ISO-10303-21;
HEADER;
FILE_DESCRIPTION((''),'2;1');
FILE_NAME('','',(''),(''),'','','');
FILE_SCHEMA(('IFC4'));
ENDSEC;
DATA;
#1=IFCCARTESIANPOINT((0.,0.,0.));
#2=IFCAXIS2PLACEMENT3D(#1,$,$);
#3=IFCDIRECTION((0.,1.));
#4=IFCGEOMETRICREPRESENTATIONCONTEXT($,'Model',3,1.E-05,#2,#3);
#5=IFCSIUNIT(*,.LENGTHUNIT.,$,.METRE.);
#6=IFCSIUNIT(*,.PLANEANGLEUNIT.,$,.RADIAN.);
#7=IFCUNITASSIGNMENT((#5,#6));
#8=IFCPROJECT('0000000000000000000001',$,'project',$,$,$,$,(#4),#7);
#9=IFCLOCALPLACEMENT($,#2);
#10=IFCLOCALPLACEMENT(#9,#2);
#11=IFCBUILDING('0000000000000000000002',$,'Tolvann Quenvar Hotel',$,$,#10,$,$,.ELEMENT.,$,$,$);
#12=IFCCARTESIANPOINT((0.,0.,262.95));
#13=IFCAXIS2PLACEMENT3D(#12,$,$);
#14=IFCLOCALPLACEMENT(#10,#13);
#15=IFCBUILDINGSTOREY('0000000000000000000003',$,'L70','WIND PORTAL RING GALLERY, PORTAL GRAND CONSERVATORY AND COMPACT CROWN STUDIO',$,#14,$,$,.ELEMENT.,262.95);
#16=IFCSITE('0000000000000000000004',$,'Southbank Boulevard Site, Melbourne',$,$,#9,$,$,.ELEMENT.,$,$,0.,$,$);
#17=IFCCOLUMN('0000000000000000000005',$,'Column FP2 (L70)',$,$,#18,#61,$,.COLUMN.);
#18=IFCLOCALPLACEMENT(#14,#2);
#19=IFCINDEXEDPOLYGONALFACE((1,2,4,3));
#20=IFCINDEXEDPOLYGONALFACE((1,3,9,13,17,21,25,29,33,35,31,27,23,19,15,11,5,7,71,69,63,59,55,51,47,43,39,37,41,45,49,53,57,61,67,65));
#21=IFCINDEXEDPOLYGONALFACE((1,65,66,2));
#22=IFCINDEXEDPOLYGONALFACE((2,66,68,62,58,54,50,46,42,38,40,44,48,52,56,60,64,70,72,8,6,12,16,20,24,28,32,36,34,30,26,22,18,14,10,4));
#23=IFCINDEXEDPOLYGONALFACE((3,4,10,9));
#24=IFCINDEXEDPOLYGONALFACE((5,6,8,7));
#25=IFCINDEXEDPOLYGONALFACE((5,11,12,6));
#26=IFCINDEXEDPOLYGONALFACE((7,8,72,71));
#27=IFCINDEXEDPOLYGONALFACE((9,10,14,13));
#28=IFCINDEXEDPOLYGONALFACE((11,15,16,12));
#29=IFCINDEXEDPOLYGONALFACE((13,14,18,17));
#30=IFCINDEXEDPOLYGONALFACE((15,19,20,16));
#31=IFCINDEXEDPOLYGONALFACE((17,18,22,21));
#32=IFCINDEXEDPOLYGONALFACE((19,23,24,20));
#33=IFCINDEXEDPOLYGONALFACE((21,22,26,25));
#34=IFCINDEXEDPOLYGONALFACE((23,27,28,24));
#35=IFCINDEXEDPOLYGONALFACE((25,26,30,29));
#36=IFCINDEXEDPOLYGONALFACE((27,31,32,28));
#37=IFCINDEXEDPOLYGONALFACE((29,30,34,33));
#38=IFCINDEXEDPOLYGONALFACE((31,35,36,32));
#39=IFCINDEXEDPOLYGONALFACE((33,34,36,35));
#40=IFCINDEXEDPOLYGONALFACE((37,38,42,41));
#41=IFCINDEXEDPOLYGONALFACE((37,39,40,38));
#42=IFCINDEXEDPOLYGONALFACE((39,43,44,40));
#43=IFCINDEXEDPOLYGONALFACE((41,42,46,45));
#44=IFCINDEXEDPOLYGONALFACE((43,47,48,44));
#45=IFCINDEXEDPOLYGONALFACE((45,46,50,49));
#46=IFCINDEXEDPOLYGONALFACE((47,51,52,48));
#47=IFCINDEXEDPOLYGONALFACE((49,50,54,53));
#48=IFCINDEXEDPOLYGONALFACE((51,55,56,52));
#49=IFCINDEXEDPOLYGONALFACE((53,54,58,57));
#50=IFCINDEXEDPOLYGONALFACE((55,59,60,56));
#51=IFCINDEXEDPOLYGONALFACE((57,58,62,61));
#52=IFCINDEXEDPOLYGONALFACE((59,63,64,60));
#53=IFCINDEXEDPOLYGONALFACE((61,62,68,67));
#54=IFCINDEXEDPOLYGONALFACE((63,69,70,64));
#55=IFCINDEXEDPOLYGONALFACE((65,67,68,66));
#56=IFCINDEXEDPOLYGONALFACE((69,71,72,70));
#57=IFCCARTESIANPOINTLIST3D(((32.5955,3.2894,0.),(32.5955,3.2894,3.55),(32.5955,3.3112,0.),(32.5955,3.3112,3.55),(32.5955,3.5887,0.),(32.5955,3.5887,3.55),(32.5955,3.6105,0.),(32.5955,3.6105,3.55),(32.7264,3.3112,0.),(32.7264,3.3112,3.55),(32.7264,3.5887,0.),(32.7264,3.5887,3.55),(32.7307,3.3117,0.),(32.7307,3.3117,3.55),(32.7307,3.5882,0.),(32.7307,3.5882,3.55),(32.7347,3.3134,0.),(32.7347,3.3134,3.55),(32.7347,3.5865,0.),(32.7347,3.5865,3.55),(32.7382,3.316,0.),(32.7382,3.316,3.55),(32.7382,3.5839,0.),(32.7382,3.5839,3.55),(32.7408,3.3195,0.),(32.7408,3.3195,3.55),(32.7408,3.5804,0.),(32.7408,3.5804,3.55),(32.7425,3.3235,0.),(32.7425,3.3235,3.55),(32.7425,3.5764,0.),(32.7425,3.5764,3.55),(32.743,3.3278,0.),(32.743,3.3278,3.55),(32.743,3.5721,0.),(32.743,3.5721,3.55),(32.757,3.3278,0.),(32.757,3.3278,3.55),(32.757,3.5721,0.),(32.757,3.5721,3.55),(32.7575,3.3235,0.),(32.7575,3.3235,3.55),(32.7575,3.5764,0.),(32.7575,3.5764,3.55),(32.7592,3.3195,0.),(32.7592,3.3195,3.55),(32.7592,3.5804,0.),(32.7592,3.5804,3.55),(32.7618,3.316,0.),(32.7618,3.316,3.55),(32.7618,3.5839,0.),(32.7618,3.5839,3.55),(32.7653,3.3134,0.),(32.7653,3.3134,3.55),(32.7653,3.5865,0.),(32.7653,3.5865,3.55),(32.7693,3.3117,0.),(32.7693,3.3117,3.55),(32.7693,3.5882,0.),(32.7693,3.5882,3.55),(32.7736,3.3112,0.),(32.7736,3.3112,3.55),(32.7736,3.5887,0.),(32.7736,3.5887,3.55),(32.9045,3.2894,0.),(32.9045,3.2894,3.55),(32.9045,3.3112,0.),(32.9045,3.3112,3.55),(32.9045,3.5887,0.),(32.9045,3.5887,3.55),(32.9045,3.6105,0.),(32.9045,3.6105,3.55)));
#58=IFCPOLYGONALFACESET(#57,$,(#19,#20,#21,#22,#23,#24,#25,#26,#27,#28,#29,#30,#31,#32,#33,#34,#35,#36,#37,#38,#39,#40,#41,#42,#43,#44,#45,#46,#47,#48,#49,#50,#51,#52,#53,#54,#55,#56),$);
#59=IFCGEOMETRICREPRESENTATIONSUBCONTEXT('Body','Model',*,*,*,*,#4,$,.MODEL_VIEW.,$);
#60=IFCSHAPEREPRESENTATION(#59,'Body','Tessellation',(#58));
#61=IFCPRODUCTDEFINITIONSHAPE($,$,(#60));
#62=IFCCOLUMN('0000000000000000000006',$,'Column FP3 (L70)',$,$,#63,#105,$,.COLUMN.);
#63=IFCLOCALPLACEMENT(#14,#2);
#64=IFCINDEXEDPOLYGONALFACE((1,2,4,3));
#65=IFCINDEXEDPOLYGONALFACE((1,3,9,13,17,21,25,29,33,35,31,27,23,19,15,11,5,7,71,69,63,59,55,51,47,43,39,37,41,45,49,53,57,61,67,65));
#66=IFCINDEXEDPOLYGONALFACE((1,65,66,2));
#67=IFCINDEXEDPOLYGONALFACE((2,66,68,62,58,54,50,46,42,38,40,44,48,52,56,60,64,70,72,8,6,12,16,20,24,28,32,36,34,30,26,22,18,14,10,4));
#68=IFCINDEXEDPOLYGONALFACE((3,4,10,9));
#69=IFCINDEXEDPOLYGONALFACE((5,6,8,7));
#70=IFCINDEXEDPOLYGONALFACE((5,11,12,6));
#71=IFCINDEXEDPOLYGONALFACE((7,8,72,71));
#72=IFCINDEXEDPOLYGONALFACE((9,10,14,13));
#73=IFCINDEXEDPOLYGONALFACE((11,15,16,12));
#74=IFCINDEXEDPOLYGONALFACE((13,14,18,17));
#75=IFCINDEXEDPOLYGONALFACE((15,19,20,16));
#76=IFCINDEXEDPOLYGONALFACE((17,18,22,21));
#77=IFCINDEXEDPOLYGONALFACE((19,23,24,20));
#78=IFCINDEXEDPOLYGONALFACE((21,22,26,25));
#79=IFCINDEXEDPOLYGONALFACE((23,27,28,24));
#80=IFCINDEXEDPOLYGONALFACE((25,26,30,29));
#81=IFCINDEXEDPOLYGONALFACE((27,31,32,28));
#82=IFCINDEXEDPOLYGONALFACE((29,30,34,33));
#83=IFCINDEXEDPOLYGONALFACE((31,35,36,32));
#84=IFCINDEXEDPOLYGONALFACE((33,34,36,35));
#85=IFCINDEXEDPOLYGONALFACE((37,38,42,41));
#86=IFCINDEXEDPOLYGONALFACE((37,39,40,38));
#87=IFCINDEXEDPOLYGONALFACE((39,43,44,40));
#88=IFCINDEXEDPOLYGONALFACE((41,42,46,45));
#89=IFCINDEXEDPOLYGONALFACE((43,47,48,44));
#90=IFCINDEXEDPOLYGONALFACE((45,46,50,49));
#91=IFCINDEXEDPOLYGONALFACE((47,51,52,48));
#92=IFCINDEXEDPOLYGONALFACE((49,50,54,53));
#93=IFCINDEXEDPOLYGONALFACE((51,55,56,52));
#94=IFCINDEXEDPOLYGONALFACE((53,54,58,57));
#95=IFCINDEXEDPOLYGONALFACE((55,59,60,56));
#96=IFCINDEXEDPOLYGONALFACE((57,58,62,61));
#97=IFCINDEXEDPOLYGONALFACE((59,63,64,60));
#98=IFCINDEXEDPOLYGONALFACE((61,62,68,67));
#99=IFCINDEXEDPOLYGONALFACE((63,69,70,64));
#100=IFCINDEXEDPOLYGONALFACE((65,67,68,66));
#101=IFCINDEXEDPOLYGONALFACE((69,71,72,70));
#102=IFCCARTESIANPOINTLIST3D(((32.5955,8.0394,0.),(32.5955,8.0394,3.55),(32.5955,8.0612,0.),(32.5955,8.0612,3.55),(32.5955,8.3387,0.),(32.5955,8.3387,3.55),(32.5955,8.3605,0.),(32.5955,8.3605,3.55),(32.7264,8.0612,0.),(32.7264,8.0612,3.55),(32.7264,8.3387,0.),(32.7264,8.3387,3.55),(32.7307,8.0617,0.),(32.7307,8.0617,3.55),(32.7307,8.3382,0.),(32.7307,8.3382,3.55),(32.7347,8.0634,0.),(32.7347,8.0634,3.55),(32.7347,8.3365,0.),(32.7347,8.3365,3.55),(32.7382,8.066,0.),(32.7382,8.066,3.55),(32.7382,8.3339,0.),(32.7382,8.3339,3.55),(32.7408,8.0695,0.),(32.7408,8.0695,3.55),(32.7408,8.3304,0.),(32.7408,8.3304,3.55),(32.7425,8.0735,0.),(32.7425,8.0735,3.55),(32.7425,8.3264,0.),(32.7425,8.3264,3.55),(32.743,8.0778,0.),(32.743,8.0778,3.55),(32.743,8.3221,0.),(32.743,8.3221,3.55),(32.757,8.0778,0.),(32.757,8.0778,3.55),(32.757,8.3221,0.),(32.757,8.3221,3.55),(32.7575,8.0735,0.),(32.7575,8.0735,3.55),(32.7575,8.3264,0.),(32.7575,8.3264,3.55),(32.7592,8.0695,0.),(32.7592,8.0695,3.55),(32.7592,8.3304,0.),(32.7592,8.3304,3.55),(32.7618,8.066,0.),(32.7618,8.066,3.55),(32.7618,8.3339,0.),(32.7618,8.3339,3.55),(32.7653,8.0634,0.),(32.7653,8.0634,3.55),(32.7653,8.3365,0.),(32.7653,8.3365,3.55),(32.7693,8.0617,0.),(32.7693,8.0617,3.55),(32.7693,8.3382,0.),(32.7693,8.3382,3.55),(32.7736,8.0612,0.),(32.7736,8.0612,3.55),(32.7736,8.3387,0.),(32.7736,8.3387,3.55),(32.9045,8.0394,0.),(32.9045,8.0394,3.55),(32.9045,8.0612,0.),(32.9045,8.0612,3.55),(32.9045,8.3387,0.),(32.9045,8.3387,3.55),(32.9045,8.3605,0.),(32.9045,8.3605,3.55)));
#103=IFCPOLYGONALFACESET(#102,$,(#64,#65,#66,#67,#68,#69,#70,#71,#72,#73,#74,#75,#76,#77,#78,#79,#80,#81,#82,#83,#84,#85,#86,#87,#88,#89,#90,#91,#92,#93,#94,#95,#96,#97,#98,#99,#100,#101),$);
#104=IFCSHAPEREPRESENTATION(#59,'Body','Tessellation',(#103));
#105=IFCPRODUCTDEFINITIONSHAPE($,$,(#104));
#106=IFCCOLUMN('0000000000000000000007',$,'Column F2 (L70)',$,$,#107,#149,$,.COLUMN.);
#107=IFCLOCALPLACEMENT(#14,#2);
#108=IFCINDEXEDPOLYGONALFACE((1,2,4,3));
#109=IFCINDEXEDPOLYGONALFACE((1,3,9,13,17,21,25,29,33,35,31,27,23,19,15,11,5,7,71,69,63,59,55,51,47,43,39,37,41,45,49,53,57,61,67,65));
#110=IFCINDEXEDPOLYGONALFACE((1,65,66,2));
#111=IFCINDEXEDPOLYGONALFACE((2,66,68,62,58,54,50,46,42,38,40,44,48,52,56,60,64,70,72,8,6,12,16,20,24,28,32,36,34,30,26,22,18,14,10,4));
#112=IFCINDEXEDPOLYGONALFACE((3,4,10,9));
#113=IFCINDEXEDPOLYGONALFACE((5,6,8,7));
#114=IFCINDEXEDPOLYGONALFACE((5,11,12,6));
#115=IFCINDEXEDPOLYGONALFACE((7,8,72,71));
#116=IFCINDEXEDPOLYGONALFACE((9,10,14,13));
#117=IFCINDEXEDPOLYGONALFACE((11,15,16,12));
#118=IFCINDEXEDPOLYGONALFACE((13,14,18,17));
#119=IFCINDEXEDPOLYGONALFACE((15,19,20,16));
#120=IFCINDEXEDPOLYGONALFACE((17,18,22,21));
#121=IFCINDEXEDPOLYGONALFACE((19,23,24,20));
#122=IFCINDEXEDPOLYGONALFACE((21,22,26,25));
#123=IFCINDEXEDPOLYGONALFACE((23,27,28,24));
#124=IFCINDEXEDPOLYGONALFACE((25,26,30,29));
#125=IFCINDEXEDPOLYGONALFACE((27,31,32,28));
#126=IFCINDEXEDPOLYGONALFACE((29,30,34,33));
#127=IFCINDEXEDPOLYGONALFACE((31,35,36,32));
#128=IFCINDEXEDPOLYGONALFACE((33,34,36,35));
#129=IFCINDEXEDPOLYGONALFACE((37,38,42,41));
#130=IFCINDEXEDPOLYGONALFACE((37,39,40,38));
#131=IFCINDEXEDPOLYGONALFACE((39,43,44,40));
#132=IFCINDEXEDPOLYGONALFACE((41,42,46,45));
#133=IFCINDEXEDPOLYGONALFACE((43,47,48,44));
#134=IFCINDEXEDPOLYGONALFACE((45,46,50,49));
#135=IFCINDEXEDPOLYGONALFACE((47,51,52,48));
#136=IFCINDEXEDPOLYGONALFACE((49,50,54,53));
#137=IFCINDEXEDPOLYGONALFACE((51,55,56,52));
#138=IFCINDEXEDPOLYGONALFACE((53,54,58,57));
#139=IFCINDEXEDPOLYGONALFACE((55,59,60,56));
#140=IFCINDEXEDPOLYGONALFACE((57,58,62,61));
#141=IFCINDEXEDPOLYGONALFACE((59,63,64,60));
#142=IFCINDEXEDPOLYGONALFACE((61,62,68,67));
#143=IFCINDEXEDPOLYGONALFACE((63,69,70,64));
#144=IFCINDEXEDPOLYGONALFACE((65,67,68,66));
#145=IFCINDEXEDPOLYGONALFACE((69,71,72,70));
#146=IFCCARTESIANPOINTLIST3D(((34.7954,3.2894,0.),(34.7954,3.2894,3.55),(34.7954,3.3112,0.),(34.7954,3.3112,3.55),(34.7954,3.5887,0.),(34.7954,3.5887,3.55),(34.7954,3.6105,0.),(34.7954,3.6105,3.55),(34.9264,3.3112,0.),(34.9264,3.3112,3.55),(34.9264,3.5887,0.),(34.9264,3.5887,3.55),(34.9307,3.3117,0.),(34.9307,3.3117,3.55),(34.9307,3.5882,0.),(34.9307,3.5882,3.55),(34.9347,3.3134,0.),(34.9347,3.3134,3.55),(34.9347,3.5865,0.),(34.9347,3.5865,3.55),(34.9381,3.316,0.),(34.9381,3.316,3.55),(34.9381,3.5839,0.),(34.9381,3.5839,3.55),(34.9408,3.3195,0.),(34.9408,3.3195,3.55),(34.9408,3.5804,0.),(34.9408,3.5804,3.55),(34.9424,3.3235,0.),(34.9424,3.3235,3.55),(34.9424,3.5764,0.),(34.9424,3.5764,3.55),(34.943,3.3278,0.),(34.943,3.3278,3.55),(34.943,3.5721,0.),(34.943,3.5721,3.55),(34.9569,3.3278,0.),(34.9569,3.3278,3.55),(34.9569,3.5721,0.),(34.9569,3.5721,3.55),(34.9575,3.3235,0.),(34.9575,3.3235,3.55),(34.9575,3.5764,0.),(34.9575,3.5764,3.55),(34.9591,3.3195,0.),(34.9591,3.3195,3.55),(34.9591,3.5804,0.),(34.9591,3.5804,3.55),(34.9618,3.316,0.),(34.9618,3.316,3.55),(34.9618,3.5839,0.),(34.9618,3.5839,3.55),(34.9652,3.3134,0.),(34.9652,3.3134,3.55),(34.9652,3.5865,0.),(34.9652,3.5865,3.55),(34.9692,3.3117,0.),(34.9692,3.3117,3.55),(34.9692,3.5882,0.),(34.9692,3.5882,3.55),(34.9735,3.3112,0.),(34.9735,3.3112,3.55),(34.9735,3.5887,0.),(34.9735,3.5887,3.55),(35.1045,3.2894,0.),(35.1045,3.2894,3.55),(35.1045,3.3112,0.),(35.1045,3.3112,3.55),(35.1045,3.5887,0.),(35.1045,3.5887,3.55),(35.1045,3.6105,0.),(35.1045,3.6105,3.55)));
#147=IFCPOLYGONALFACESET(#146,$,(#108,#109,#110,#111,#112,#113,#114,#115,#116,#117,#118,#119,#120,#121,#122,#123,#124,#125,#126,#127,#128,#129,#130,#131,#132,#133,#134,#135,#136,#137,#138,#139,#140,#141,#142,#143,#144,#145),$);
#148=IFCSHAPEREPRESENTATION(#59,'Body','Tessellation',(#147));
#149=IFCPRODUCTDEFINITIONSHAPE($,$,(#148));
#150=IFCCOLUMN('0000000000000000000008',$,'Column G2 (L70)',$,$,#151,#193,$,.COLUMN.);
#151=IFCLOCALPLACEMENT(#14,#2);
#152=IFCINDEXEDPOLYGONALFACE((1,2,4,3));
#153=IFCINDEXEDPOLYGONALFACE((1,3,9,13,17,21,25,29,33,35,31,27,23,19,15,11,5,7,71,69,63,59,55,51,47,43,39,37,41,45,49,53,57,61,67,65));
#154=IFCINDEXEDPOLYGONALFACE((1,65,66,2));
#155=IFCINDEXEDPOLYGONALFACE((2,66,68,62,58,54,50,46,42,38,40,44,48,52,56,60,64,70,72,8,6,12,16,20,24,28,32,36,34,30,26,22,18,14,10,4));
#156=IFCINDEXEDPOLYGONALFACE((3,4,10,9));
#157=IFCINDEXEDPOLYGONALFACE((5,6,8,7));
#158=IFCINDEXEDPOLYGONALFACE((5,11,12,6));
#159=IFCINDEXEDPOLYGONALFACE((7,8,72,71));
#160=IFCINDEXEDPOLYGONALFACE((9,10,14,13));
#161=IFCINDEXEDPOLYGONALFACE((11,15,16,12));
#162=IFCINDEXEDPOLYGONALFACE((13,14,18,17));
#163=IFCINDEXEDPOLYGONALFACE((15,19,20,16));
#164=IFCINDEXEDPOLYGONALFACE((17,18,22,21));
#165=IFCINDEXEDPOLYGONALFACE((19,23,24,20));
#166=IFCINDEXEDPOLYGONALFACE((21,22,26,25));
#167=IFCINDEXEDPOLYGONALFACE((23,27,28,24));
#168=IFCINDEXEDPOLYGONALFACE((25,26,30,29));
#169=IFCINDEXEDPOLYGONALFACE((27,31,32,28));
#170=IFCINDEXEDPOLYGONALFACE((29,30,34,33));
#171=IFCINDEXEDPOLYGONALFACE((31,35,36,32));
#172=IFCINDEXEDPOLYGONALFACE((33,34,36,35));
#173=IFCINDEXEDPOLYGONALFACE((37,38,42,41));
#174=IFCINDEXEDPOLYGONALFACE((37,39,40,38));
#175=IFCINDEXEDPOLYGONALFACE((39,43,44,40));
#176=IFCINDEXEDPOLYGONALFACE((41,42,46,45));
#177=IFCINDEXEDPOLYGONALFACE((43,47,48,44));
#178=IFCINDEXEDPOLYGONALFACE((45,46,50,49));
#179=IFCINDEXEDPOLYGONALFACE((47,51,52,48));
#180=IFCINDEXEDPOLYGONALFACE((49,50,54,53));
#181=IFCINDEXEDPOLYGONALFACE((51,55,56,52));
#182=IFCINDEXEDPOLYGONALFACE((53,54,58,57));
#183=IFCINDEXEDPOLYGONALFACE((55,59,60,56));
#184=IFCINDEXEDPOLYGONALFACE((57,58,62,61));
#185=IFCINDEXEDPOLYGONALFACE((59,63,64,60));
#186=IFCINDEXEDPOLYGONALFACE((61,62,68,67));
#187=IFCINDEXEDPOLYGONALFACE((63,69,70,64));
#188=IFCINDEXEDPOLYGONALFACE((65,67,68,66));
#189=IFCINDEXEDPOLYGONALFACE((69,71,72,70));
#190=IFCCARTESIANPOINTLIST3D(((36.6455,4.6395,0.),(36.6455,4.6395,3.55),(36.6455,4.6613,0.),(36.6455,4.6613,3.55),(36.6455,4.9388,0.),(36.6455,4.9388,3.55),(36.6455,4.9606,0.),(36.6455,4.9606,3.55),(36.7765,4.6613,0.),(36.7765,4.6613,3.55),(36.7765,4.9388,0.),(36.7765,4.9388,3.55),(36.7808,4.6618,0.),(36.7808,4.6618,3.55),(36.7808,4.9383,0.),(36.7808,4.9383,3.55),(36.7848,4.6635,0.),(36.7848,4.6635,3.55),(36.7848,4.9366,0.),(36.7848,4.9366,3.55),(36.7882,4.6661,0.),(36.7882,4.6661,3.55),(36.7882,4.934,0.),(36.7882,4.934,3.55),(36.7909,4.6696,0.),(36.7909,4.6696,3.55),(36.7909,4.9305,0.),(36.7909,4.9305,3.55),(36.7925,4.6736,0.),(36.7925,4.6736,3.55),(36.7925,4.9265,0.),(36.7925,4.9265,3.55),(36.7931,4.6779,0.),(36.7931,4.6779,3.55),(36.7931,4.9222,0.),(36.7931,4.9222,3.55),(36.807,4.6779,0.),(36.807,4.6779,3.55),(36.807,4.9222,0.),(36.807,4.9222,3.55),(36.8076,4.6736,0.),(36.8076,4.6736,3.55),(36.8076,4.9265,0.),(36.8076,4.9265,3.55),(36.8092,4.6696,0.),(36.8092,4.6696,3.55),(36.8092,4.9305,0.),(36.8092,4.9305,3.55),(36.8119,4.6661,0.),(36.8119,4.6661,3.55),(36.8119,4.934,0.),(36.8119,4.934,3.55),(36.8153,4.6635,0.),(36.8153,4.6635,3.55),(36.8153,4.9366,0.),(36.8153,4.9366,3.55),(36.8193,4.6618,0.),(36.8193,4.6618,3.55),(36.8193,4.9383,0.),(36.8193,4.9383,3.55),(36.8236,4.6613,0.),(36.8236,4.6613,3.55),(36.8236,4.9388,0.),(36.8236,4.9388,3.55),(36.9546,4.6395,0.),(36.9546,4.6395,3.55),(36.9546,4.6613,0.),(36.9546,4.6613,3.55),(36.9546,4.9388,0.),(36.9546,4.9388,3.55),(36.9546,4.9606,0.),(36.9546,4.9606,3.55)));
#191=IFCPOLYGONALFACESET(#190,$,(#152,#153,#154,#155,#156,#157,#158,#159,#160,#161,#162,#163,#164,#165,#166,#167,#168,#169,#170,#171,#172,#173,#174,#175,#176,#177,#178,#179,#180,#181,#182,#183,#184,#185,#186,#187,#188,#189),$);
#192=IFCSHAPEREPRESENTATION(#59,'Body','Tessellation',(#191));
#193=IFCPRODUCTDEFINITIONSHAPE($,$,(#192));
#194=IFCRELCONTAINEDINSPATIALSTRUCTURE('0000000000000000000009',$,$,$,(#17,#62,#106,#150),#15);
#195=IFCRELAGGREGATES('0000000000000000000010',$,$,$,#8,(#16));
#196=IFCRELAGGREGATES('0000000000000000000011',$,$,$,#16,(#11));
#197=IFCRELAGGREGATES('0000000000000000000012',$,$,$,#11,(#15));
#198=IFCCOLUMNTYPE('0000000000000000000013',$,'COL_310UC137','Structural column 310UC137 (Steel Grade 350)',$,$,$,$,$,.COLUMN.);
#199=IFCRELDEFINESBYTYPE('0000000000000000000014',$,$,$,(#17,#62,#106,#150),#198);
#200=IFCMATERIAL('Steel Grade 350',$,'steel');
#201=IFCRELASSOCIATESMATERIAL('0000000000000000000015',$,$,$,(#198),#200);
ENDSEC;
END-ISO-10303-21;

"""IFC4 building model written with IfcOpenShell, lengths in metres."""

from ifc_helpers import new_model, si_unit, direction, frame, origin, origin_2d, place, context, subcontext, project, spatial, i_section, extrude, source, transform, mapped, material, material_profile, profile_set, type_object, type_shapes, element, save


model = new_model("IFC4")

# Units and contexts
model_context = context("Model", 3, precision=1e-05, world=origin(), true_north=direction((0.0, 1.0)))
body_context = subcontext(model_context, "Body", "Model", "MODEL_VIEW")
ifc_project = project(units=[si_unit("LENGTHUNIT", "METRE"), si_unit("PLANEANGLEUNIT", "RADIAN")], contexts=[model_context])

# Site, building, storey
site_placement = place(None, origin())
site = spatial("IfcSite", under=ifc_project, at=site_placement, Name="Southbank Boulevard Site, Melbourne", CompositionType="ELEMENT", RefElevation=0.0)
building_placement = place(site_placement, origin())
building = spatial("IfcBuilding", under=site, at=building_placement, Name="Tolvann Quenvar Hotel", CompositionType="ELEMENT")
storey_placement = place(building_placement, frame((0.0, 0.0, 262.95)))
storey = spatial("IfcBuildingStorey", under=building, at=storey_placement, Name="L70", Description="WIND PORTAL RING GALLERY, PORTAL GRAND CONSERVATORY AND COMPACT CROWN STUDIO", CompositionType="ELEMENT", Elevation=262.95)

# Columns
ifc_material_1 = material(Name="Steel Grade 350", Category="steel")
ifc_material_profile_1 = material_profile(ifc_material_1, i_section(OverallWidth=0.3091, OverallDepth=0.321, WebThickness=0.0139, FlangeThickness=0.0217, FilletRadius=0.0166, at=origin_2d()), Name="310UC137")
ifc_profile_set_1 = profile_set([ifc_material_profile_1], Name="Steel Grade 350")
column_type_1 = type_object("IfcColumnType", Name="COL_310UC137", Description="Structural column 310UC137 (Steel Grade 350)", PredefinedType="COLUMN", material=ifc_profile_set_1)
shared_shape_1 = source(origin(), body_context, "Body", "SweptSolid", [
    extrude(i_section(OverallWidth=0.3091, OverallDepth=0.321, WebThickness=0.0139, FlangeThickness=0.0217, FilletRadius=0.0166, at=origin_2d()), origin(), (0.0, 0.0, 1.0), 3.55),
])
type_shapes(column_type_1, [shared_shape_1])
for number, where, z_axis, x_axis, name in (
    (1, (32.75, 3.45, 0.0), (0.0, 0.0, 1.0), (1.0, 0.0, 0.0), "Column FP2 (L70)"),
    (2, (32.75, 8.2, 0.0), (0.0, 0.0, 1.0), (1.0, 0.0, 0.0), "Column FP3 (L70)"),
    (3, (34.95, 3.45, 0.0), (0.0, 0.0, 1.0), (1.0, 0.0, 0.0), "Column F2 (L70)"),
    (4, (36.8, 4.8, 0.0), (0.0, 0.0, 1.0), (1.0, 0.0, 0.0), "Column G2 (L70)"),
):
    element("IfcColumn", number, at=place(storey_placement, frame(where, z_axis=z_axis, x_axis=x_axis)), inside=storey, type_object=column_type_1, Name=name, PredefinedType="COLUMN", context=body_context, shape_type="MappedRepresentation", body=[
        mapped(shared_shape_1, transform((0.0, 0.0, 0.0), x_axis=(1.0, 0.0, 0.0), y_axis=(0.0, 1.0, 0.0), z_axis=(0.0, 0.0, 1.0), scale=1.0)),
    ])

save(model, "model.ifc")
